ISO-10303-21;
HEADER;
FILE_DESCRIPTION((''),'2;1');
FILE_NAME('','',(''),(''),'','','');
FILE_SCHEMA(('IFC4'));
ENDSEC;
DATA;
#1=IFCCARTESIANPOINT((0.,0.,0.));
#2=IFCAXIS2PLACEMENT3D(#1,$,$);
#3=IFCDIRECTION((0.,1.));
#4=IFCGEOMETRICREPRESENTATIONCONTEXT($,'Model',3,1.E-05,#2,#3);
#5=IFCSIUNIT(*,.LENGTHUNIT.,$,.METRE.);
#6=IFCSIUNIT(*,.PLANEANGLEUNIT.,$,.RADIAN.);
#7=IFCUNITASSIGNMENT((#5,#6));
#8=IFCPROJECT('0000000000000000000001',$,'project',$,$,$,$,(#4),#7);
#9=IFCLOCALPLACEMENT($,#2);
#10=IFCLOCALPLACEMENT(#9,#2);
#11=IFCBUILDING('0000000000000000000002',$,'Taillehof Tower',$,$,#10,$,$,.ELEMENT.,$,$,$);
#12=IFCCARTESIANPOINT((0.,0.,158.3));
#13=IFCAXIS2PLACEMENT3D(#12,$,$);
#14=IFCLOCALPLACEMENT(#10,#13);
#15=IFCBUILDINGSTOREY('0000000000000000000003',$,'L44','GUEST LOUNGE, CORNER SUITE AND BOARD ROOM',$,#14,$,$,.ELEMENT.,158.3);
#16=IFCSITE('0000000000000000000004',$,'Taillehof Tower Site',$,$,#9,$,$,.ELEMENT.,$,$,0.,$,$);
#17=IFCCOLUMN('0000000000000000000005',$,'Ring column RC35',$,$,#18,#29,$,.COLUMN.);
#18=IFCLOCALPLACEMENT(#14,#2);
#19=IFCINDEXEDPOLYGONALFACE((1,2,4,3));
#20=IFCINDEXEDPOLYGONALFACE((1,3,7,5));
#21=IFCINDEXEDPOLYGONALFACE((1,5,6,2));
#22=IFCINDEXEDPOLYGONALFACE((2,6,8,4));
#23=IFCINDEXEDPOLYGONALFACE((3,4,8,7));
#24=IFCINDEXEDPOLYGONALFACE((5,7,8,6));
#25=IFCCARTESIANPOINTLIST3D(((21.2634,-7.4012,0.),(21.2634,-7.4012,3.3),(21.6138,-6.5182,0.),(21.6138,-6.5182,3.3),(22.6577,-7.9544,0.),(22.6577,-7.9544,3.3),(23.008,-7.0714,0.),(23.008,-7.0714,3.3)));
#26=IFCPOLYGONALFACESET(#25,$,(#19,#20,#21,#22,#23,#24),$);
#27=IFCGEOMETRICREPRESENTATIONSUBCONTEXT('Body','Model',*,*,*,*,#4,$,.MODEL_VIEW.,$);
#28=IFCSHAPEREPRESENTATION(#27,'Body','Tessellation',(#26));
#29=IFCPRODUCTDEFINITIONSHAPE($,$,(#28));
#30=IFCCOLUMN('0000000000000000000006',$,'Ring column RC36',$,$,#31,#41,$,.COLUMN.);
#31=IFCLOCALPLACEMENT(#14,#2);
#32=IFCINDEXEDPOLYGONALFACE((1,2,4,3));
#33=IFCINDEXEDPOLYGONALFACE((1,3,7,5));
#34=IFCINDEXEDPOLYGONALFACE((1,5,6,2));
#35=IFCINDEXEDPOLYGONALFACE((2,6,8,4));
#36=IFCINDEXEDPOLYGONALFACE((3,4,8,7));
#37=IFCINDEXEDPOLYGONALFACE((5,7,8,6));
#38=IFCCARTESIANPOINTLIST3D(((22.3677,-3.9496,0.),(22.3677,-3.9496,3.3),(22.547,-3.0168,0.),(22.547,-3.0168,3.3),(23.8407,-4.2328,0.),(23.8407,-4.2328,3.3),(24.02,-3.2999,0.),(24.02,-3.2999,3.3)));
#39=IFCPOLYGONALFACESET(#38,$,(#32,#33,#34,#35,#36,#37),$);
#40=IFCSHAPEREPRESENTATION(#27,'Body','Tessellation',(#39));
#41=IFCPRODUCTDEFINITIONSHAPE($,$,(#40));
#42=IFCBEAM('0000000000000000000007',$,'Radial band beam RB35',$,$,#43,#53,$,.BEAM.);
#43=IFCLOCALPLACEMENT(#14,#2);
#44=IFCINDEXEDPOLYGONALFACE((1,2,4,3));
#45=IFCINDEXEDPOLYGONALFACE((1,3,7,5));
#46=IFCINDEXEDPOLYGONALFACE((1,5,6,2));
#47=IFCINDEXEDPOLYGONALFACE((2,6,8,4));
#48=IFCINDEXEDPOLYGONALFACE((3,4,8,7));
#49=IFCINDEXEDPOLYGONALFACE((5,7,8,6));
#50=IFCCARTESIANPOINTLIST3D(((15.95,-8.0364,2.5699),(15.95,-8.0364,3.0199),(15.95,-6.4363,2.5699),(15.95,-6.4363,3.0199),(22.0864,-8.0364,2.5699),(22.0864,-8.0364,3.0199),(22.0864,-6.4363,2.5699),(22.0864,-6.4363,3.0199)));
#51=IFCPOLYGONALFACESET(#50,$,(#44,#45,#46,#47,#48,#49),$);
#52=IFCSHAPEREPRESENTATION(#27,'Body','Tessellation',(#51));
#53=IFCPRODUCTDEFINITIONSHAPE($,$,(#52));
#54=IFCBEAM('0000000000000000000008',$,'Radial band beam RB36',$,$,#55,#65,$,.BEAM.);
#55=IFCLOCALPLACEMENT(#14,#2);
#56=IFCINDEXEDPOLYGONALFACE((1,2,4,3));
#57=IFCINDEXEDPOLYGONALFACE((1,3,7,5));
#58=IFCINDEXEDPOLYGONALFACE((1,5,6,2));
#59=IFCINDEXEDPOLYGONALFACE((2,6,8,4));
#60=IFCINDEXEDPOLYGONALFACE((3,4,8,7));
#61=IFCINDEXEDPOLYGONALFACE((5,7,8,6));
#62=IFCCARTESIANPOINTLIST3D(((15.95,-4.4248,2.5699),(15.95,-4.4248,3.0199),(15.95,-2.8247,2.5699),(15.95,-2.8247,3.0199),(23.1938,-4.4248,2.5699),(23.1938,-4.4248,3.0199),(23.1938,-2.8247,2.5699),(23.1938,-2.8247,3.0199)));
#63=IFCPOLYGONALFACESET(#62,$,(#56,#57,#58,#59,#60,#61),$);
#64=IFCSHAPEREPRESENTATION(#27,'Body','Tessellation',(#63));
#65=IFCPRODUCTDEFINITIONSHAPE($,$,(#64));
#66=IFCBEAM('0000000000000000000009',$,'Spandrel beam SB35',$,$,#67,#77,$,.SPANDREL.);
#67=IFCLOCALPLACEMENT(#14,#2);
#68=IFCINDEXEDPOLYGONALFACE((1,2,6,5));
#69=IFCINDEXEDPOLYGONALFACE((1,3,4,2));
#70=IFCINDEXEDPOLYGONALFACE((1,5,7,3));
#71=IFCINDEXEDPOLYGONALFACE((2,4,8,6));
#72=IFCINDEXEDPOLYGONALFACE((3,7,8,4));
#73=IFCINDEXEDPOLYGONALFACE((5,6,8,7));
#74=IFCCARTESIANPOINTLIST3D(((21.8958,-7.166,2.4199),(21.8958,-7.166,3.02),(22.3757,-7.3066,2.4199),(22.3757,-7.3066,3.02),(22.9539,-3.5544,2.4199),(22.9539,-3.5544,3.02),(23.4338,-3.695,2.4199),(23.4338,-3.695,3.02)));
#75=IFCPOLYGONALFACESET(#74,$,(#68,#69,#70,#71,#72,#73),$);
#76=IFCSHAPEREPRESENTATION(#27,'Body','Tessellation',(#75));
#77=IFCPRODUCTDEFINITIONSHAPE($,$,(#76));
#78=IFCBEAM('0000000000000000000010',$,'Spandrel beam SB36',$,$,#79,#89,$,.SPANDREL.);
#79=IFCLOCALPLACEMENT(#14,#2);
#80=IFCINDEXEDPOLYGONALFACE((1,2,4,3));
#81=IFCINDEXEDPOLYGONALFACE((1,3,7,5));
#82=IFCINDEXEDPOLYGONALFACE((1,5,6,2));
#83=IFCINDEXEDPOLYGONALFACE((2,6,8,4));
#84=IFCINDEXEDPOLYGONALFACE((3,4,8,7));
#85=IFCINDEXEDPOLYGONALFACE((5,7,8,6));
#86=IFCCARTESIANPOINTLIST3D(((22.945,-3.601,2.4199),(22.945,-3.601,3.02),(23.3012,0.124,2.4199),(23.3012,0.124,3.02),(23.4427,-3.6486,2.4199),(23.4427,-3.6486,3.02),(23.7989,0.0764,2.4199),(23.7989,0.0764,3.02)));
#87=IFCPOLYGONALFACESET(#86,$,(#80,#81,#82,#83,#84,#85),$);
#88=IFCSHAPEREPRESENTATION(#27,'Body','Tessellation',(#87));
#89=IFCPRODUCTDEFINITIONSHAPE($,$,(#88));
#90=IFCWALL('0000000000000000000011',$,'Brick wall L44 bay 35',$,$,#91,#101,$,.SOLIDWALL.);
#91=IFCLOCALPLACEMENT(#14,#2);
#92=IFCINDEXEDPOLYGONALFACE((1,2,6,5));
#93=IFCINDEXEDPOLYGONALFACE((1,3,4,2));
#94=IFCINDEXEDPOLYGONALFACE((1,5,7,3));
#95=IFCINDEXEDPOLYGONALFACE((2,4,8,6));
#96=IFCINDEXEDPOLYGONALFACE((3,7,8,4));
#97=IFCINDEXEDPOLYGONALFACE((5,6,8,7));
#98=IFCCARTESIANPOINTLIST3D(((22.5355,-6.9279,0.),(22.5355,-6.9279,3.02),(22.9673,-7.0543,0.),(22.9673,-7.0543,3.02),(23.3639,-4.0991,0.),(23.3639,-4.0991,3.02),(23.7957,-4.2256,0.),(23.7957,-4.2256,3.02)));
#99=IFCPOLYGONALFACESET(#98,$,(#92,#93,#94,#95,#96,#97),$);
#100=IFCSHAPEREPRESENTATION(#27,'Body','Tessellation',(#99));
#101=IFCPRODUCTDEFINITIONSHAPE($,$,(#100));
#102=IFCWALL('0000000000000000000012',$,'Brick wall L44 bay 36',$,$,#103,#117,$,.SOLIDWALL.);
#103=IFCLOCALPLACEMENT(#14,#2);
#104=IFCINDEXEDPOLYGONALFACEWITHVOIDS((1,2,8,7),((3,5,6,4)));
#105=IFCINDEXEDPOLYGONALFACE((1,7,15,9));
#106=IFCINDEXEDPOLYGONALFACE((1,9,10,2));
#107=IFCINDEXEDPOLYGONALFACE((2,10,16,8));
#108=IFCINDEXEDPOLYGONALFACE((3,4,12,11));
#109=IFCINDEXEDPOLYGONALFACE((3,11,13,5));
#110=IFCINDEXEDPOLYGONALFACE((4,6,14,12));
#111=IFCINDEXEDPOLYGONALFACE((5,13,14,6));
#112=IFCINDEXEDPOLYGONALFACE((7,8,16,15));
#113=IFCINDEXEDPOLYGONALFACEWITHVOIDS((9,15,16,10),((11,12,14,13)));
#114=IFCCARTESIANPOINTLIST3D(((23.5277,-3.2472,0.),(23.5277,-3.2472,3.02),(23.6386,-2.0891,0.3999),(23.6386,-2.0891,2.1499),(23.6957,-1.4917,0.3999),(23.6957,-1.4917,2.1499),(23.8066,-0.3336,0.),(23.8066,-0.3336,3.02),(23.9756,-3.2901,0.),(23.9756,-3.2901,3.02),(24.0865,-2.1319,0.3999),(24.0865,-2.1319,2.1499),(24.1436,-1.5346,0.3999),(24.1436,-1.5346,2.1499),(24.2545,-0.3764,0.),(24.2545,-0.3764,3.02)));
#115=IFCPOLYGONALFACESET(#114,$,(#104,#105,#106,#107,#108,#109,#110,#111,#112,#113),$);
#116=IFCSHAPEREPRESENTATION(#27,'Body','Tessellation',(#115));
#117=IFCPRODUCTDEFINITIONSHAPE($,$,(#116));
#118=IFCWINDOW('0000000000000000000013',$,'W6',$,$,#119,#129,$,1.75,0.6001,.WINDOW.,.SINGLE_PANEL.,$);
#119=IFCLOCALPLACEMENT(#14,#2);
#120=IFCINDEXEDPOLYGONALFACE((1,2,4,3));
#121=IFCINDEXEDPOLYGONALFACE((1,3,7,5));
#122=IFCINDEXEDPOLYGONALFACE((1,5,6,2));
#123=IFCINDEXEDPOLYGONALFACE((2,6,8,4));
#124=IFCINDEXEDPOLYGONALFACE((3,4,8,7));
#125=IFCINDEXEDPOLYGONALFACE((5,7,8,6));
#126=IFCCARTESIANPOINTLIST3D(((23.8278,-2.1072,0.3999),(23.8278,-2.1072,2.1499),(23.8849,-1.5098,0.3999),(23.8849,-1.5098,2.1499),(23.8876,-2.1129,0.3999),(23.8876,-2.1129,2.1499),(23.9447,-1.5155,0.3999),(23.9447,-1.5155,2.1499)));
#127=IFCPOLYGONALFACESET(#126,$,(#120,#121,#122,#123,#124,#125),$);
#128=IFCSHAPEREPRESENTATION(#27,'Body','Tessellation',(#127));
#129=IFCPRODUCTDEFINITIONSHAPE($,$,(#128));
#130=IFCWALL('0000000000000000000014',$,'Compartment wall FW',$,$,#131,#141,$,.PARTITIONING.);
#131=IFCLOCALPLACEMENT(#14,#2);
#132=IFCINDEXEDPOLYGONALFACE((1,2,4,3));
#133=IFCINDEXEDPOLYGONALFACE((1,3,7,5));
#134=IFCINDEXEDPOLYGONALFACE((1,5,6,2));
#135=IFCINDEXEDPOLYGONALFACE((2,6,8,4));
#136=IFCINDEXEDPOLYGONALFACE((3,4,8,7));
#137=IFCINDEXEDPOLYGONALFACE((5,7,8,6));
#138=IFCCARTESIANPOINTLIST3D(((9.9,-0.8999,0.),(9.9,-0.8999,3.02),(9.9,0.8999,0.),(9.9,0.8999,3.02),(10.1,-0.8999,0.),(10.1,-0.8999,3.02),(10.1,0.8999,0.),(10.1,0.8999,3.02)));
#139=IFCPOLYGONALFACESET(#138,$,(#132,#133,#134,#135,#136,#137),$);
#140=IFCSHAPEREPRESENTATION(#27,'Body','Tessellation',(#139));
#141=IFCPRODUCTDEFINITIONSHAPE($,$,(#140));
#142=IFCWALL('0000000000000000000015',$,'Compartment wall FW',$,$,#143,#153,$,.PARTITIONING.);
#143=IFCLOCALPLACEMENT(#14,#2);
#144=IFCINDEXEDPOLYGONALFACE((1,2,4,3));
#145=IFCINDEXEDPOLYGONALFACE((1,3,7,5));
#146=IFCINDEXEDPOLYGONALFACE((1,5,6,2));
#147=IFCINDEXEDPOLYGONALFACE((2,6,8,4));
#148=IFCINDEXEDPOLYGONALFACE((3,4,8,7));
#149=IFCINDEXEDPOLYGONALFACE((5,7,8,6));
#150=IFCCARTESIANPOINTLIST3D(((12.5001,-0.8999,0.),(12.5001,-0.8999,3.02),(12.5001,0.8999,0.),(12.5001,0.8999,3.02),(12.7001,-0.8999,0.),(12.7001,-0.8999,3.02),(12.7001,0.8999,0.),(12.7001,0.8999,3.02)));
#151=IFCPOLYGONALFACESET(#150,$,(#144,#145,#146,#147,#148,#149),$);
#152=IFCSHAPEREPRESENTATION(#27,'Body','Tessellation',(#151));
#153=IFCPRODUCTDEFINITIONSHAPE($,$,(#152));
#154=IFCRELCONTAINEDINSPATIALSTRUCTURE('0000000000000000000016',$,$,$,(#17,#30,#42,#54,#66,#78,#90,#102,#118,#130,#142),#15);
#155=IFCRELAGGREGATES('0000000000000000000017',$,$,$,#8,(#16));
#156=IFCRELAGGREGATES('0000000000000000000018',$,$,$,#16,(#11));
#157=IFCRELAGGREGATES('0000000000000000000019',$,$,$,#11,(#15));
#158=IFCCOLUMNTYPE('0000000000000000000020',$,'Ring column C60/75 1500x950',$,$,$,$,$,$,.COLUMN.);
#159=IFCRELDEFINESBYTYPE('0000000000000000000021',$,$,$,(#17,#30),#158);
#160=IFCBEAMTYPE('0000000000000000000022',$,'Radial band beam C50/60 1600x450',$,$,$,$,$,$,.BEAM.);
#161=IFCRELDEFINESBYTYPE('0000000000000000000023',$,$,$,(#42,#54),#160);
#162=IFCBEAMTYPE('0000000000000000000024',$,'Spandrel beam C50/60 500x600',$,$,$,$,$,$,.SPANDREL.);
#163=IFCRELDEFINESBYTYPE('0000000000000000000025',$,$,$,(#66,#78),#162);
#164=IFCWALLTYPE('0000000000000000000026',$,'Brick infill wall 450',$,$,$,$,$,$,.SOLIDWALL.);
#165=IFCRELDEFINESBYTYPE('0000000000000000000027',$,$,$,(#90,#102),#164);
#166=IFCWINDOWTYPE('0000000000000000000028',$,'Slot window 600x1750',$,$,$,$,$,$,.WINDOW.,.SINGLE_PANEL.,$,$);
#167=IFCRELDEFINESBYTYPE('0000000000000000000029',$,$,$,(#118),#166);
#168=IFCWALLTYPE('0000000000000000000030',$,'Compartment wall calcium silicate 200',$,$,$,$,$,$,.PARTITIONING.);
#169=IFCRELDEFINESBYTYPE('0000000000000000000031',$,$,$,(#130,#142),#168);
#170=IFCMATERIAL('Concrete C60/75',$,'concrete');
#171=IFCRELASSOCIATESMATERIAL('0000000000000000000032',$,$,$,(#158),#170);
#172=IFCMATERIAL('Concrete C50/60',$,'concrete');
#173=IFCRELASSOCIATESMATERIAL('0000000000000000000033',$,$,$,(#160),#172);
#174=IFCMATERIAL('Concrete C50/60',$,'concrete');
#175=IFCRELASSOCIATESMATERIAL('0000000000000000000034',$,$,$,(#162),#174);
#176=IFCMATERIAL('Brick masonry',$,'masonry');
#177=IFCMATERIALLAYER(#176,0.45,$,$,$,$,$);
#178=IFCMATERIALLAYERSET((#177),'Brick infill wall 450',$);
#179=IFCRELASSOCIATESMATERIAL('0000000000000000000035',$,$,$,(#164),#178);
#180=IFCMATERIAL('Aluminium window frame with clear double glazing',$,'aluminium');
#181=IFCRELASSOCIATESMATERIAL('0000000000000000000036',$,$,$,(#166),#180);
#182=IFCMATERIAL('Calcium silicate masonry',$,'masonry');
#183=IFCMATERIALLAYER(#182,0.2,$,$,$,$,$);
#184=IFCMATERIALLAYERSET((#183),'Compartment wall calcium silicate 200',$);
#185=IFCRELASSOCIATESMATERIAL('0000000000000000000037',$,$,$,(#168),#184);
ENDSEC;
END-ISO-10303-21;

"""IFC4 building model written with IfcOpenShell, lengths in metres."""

from ifc_helpers import new_model, si_unit, direction, frame, frame_2d, origin, origin_2d, place, context, subcontext, project, spatial, rectangle, extrude, material, layer, layer_set, material_profile, profile_set, type_object, element, fill, save


model = new_model("IFC4")

# Units and contexts
model_context = context("Model", 3, precision=1e-05, world=origin(), true_north=direction((0.0, 1.0)))
body_context = subcontext(model_context, "Body", "Model", "MODEL_VIEW")
ifc_project = project(units=[si_unit("LENGTHUNIT", "METRE"), si_unit("PLANEANGLEUNIT", "RADIAN")], contexts=[model_context])

# Site, building, storey
site_placement = place(None, origin())
site = spatial("IfcSite", under=ifc_project, at=site_placement, Name="Taillehof Tower Site", CompositionType="ELEMENT", RefElevation=0.0)
building_placement = place(site_placement, origin())
building = spatial("IfcBuilding", under=site, at=building_placement, Name="Taillehof Tower", CompositionType="ELEMENT")
storey_placement = place(building_placement, frame((0.0, 0.0, 158.3)))
storey = spatial("IfcBuildingStorey", under=building, at=storey_placement, Name="L44", Description="GUEST LOUNGE, CORNER SUITE AND BOARD ROOM", CompositionType="ELEMENT", Elevation=158.3)

# Columns
ifc_material_1 = material(Name="Concrete C60/75", Category="concrete")
ifc_material_profile_1 = material_profile(ifc_material_1, rectangle(XDim=1.5, YDim=0.95, at=origin_2d()), Name="RC 1500x950")
ifc_profile_set_1 = profile_set([ifc_material_profile_1], Name="Concrete C60/75")
column_type = type_object("IfcColumnType", Name="Ring column C60/75 1500x950", PredefinedType="COLUMN", material=ifc_profile_set_1)
for number, where, z_axis, x_axis, name in (
    (1, (22.1357, -7.2363, 0.0), (0.0, 0.0, 1.0), (0.929511, -0.368793, 0.0), "Ring column RC35"),
    (2, (23.1938, -3.6248, 0.0), (0.0, 0.0, 1.0), (0.982024, -0.188757, 0.0), "Ring column RC36"),
):
    element("IfcColumn", number, at=place(storey_placement, frame(where, z_axis=z_axis, x_axis=x_axis)), inside=storey, type_object=column_type, Name=name, PredefinedType="COLUMN", context=body_context, shape_type="SweptSolid", body=[
        extrude(rectangle(XDim=1.5, YDim=0.95, at=origin_2d()), origin(), (0.0, 0.0, 1.0), 3.3),
    ])

# Beams
ifc_material_2 = material(Name="Concrete C50/60", Category="concrete")
ifc_material_profile_2 = material_profile(ifc_material_2, rectangle(XDim=1.6001, YDim=0.45, at=origin_2d()), Name="RC 1600x450")
ifc_profile_set_2 = profile_set([ifc_material_profile_2], Name="Concrete C50/60")
beam_type_1 = type_object("IfcBeamType", Name="Radial band beam C50/60 1600x450", PredefinedType="BEAM", material=ifc_profile_set_2)
beam_1_placement = place(storey_placement, frame((22.0864, -7.2363, 2.7949), z_axis=(-1.0, 0.0, 0.0), x_axis=(0.0, -1.0, 0.0)))
element("IfcBeam", 3, at=beam_1_placement, inside=storey, type_object=beam_type_1, Name="Radial band beam RB35", PredefinedType="BEAM", context=body_context, shape_type="SweptSolid", body=[
    extrude(rectangle(XDim=1.6001, YDim=0.45, at=origin_2d()), origin(), (0.0, 0.0, 1.0), 6.1365),
])
beam_2_placement = place(storey_placement, frame((23.1938, -3.6248, 2.7949), z_axis=(-1.0, 0.0, 0.0), x_axis=(0.0, -1.0, 0.0)))
element("IfcBeam", 4, at=beam_2_placement, inside=storey, type_object=beam_type_1, Name="Radial band beam RB36", PredefinedType="BEAM", context=body_context, shape_type="SweptSolid", body=[
    extrude(rectangle(XDim=1.6001, YDim=0.45, at=origin_2d()), origin(), (0.0, 0.0, 1.0), 7.2439),
])
ifc_material_3 = material(Name="Concrete C50/60", Category="concrete")
ifc_material_profile_3 = material_profile(ifc_material_3, rectangle(XDim=0.5, YDim=0.6001, at=origin_2d()), Name="RC 500x600")
ifc_profile_set_3 = profile_set([ifc_material_profile_3], Name="Concrete C50/60")
beam_type_2 = type_object("IfcBeamType", Name="Spandrel beam C50/60 500x600", PredefinedType="SPANDREL", material=ifc_profile_set_3)
beam_3_placement = place(storey_placement, frame((22.1357, -7.2363, 2.72), z_axis=(0.281158, 0.959661, 0.0), x_axis=(-0.959661, 0.281158, 0.0)))
element("IfcBeam", 5, at=beam_3_placement, inside=storey, type_object=beam_type_2, Name="Spandrel beam SB35", PredefinedType="SPANDREL", context=body_context, shape_type="SweptSolid", body=[
    extrude(rectangle(XDim=0.5, YDim=0.6001, at=origin_2d()), origin(), (0.0, 0.0, 1.0), 3.7634),
])
beam_4_placement = place(storey_placement, frame((23.1938, -3.6248, 2.72), z_axis=(0.095194, 0.995459, 0.0), x_axis=(-0.995459, 0.095194, 0.0)))
element("IfcBeam", 6, at=beam_4_placement, inside=storey, type_object=beam_type_2, Name="Spandrel beam SB36", PredefinedType="SPANDREL", context=body_context, shape_type="SweptSolid", body=[
    extrude(rectangle(XDim=0.5, YDim=0.6001, at=origin_2d()), origin(), (0.0, 0.0, 1.0), 3.7419),
])

# Wall
ifc_material_4 = material(Name="Brick masonry", Category="masonry")
ifc_layer_1 = layer(ifc_material_4, 0.45)
ifc_layer_set_1 = layer_set([ifc_layer_1], Name="Brick infill wall 450")
wall_type_1 = type_object("IfcWallType", Name="Brick infill wall 450", PredefinedType="SOLIDWALL", material=ifc_layer_set_1)
wall_1_placement = place(storey_placement, frame((22.7515, -6.991, 0.0), z_axis=(0.0, 0.0, 1.0), x_axis=(0.281049, 0.959693, 0.0)))
element("IfcWall", 7, at=wall_1_placement, inside=storey, type_object=wall_type_1, Name="Brick wall L44 bay 35", PredefinedType="SOLIDWALL", context=body_context, shape_type="SweptSolid", body=[
    extrude(rectangle(XDim=2.9475, YDim=0.45, at=frame_2d((1.4736, 0.0))), origin(), (0.0, 0.0, 1.0), 3.02),
])

# Wall, opening, window
wall_2_placement = place(storey_placement, frame((23.7517, -3.2686, 0.0), z_axis=(0.0, 0.0, 1.0), x_axis=(0.095258, 0.995453, 0.0)))
wall_2 = element("IfcWall", 8, at=wall_2_placement, inside=storey, type_object=wall_type_1, Name="Brick wall L44 bay 36", PredefinedType="SOLIDWALL", context=body_context, shape_type="SweptSolid", body=[
    extrude(rectangle(XDim=2.927, YDim=0.45, at=frame_2d((1.4634, 0.0))), origin(), (0.0, 0.0, 1.0), 3.02),
])
opening_1_placement = place(wall_2_placement, frame((1.1633, 0.0, 0.3999)))
opening_1 = element("IfcOpeningElement", 9, at=opening_1_placement, cuts=wall_2, PredefinedType="OPENING", context=body_context, shape_type="SweptSolid", body=[
    extrude(rectangle(XDim=0.6001, YDim=1.75, at=frame_2d((0.3, 0.875))), frame((0.0, 0.2349, 0.0), z_axis=(0.0, -1.0, 0.0), x_axis=(1.0, 0.0, 0.0)), (0.0, 0.0, 1.0), 0.47),
])
ifc_material_5 = material(Name="Aluminium window frame with clear double glazing", Category="aluminium")
window_type = type_object("IfcWindowType", Name="Slot window 600x1750", PartitioningType="SINGLE_PANEL", PredefinedType="WINDOW", material=ifc_material_5)
window_placement = place(opening_1_placement, origin())
window = element("IfcWindow", 10, at=window_placement, inside=storey, type_object=window_type, Name="W6", OverallHeight=1.75, OverallWidth=0.6001, PartitioningType="SINGLE_PANEL", PredefinedType="WINDOW", context=body_context, shape_type="SweptSolid", body=[
    extrude(rectangle(XDim=0.6001, YDim=1.75, at=frame_2d((0.3, 0.875))), frame((0.0, 0.0349, 0.0), z_axis=(0.0, -1.0, 0.0), x_axis=(1.0, 0.0, 0.0)), (0.0, 0.0, 1.0), 0.0601),
])
fill(opening_1, window)

# Walls
ifc_material_6 = material(Name="Calcium silicate masonry", Category="masonry")
ifc_layer_2 = layer(ifc_material_6, 0.2)
ifc_layer_set_2 = layer_set([ifc_layer_2], Name="Compartment wall calcium silicate 200")
wall_type_2 = type_object("IfcWallType", Name="Compartment wall calcium silicate 200", PredefinedType="PARTITIONING", material=ifc_layer_set_2)
for number, where, z_axis, x_axis, name in (
    (11, (10.0, -0.8999, 0.0), (0.0, 0.0, 1.0), (0.0, 1.0, 0.0), "Compartment wall FW"),
    (12, (12.6001, -0.8999, 0.0), (0.0, 0.0, 1.0), (0.0, 1.0, 0.0), "Compartment wall FW"),
):
    element("IfcWall", number, at=place(storey_placement, frame(where, z_axis=z_axis, x_axis=x_axis)), inside=storey, type_object=wall_type_2, Name=name, PredefinedType="PARTITIONING", context=body_context, shape_type="SweptSolid", body=[
        extrude(rectangle(XDim=1.7998, YDim=0.2, at=frame_2d((0.8999, 0.0))), origin(), (0.0, 0.0, 1.0), 3.02),
    ])

save(model, "model.ifc")
